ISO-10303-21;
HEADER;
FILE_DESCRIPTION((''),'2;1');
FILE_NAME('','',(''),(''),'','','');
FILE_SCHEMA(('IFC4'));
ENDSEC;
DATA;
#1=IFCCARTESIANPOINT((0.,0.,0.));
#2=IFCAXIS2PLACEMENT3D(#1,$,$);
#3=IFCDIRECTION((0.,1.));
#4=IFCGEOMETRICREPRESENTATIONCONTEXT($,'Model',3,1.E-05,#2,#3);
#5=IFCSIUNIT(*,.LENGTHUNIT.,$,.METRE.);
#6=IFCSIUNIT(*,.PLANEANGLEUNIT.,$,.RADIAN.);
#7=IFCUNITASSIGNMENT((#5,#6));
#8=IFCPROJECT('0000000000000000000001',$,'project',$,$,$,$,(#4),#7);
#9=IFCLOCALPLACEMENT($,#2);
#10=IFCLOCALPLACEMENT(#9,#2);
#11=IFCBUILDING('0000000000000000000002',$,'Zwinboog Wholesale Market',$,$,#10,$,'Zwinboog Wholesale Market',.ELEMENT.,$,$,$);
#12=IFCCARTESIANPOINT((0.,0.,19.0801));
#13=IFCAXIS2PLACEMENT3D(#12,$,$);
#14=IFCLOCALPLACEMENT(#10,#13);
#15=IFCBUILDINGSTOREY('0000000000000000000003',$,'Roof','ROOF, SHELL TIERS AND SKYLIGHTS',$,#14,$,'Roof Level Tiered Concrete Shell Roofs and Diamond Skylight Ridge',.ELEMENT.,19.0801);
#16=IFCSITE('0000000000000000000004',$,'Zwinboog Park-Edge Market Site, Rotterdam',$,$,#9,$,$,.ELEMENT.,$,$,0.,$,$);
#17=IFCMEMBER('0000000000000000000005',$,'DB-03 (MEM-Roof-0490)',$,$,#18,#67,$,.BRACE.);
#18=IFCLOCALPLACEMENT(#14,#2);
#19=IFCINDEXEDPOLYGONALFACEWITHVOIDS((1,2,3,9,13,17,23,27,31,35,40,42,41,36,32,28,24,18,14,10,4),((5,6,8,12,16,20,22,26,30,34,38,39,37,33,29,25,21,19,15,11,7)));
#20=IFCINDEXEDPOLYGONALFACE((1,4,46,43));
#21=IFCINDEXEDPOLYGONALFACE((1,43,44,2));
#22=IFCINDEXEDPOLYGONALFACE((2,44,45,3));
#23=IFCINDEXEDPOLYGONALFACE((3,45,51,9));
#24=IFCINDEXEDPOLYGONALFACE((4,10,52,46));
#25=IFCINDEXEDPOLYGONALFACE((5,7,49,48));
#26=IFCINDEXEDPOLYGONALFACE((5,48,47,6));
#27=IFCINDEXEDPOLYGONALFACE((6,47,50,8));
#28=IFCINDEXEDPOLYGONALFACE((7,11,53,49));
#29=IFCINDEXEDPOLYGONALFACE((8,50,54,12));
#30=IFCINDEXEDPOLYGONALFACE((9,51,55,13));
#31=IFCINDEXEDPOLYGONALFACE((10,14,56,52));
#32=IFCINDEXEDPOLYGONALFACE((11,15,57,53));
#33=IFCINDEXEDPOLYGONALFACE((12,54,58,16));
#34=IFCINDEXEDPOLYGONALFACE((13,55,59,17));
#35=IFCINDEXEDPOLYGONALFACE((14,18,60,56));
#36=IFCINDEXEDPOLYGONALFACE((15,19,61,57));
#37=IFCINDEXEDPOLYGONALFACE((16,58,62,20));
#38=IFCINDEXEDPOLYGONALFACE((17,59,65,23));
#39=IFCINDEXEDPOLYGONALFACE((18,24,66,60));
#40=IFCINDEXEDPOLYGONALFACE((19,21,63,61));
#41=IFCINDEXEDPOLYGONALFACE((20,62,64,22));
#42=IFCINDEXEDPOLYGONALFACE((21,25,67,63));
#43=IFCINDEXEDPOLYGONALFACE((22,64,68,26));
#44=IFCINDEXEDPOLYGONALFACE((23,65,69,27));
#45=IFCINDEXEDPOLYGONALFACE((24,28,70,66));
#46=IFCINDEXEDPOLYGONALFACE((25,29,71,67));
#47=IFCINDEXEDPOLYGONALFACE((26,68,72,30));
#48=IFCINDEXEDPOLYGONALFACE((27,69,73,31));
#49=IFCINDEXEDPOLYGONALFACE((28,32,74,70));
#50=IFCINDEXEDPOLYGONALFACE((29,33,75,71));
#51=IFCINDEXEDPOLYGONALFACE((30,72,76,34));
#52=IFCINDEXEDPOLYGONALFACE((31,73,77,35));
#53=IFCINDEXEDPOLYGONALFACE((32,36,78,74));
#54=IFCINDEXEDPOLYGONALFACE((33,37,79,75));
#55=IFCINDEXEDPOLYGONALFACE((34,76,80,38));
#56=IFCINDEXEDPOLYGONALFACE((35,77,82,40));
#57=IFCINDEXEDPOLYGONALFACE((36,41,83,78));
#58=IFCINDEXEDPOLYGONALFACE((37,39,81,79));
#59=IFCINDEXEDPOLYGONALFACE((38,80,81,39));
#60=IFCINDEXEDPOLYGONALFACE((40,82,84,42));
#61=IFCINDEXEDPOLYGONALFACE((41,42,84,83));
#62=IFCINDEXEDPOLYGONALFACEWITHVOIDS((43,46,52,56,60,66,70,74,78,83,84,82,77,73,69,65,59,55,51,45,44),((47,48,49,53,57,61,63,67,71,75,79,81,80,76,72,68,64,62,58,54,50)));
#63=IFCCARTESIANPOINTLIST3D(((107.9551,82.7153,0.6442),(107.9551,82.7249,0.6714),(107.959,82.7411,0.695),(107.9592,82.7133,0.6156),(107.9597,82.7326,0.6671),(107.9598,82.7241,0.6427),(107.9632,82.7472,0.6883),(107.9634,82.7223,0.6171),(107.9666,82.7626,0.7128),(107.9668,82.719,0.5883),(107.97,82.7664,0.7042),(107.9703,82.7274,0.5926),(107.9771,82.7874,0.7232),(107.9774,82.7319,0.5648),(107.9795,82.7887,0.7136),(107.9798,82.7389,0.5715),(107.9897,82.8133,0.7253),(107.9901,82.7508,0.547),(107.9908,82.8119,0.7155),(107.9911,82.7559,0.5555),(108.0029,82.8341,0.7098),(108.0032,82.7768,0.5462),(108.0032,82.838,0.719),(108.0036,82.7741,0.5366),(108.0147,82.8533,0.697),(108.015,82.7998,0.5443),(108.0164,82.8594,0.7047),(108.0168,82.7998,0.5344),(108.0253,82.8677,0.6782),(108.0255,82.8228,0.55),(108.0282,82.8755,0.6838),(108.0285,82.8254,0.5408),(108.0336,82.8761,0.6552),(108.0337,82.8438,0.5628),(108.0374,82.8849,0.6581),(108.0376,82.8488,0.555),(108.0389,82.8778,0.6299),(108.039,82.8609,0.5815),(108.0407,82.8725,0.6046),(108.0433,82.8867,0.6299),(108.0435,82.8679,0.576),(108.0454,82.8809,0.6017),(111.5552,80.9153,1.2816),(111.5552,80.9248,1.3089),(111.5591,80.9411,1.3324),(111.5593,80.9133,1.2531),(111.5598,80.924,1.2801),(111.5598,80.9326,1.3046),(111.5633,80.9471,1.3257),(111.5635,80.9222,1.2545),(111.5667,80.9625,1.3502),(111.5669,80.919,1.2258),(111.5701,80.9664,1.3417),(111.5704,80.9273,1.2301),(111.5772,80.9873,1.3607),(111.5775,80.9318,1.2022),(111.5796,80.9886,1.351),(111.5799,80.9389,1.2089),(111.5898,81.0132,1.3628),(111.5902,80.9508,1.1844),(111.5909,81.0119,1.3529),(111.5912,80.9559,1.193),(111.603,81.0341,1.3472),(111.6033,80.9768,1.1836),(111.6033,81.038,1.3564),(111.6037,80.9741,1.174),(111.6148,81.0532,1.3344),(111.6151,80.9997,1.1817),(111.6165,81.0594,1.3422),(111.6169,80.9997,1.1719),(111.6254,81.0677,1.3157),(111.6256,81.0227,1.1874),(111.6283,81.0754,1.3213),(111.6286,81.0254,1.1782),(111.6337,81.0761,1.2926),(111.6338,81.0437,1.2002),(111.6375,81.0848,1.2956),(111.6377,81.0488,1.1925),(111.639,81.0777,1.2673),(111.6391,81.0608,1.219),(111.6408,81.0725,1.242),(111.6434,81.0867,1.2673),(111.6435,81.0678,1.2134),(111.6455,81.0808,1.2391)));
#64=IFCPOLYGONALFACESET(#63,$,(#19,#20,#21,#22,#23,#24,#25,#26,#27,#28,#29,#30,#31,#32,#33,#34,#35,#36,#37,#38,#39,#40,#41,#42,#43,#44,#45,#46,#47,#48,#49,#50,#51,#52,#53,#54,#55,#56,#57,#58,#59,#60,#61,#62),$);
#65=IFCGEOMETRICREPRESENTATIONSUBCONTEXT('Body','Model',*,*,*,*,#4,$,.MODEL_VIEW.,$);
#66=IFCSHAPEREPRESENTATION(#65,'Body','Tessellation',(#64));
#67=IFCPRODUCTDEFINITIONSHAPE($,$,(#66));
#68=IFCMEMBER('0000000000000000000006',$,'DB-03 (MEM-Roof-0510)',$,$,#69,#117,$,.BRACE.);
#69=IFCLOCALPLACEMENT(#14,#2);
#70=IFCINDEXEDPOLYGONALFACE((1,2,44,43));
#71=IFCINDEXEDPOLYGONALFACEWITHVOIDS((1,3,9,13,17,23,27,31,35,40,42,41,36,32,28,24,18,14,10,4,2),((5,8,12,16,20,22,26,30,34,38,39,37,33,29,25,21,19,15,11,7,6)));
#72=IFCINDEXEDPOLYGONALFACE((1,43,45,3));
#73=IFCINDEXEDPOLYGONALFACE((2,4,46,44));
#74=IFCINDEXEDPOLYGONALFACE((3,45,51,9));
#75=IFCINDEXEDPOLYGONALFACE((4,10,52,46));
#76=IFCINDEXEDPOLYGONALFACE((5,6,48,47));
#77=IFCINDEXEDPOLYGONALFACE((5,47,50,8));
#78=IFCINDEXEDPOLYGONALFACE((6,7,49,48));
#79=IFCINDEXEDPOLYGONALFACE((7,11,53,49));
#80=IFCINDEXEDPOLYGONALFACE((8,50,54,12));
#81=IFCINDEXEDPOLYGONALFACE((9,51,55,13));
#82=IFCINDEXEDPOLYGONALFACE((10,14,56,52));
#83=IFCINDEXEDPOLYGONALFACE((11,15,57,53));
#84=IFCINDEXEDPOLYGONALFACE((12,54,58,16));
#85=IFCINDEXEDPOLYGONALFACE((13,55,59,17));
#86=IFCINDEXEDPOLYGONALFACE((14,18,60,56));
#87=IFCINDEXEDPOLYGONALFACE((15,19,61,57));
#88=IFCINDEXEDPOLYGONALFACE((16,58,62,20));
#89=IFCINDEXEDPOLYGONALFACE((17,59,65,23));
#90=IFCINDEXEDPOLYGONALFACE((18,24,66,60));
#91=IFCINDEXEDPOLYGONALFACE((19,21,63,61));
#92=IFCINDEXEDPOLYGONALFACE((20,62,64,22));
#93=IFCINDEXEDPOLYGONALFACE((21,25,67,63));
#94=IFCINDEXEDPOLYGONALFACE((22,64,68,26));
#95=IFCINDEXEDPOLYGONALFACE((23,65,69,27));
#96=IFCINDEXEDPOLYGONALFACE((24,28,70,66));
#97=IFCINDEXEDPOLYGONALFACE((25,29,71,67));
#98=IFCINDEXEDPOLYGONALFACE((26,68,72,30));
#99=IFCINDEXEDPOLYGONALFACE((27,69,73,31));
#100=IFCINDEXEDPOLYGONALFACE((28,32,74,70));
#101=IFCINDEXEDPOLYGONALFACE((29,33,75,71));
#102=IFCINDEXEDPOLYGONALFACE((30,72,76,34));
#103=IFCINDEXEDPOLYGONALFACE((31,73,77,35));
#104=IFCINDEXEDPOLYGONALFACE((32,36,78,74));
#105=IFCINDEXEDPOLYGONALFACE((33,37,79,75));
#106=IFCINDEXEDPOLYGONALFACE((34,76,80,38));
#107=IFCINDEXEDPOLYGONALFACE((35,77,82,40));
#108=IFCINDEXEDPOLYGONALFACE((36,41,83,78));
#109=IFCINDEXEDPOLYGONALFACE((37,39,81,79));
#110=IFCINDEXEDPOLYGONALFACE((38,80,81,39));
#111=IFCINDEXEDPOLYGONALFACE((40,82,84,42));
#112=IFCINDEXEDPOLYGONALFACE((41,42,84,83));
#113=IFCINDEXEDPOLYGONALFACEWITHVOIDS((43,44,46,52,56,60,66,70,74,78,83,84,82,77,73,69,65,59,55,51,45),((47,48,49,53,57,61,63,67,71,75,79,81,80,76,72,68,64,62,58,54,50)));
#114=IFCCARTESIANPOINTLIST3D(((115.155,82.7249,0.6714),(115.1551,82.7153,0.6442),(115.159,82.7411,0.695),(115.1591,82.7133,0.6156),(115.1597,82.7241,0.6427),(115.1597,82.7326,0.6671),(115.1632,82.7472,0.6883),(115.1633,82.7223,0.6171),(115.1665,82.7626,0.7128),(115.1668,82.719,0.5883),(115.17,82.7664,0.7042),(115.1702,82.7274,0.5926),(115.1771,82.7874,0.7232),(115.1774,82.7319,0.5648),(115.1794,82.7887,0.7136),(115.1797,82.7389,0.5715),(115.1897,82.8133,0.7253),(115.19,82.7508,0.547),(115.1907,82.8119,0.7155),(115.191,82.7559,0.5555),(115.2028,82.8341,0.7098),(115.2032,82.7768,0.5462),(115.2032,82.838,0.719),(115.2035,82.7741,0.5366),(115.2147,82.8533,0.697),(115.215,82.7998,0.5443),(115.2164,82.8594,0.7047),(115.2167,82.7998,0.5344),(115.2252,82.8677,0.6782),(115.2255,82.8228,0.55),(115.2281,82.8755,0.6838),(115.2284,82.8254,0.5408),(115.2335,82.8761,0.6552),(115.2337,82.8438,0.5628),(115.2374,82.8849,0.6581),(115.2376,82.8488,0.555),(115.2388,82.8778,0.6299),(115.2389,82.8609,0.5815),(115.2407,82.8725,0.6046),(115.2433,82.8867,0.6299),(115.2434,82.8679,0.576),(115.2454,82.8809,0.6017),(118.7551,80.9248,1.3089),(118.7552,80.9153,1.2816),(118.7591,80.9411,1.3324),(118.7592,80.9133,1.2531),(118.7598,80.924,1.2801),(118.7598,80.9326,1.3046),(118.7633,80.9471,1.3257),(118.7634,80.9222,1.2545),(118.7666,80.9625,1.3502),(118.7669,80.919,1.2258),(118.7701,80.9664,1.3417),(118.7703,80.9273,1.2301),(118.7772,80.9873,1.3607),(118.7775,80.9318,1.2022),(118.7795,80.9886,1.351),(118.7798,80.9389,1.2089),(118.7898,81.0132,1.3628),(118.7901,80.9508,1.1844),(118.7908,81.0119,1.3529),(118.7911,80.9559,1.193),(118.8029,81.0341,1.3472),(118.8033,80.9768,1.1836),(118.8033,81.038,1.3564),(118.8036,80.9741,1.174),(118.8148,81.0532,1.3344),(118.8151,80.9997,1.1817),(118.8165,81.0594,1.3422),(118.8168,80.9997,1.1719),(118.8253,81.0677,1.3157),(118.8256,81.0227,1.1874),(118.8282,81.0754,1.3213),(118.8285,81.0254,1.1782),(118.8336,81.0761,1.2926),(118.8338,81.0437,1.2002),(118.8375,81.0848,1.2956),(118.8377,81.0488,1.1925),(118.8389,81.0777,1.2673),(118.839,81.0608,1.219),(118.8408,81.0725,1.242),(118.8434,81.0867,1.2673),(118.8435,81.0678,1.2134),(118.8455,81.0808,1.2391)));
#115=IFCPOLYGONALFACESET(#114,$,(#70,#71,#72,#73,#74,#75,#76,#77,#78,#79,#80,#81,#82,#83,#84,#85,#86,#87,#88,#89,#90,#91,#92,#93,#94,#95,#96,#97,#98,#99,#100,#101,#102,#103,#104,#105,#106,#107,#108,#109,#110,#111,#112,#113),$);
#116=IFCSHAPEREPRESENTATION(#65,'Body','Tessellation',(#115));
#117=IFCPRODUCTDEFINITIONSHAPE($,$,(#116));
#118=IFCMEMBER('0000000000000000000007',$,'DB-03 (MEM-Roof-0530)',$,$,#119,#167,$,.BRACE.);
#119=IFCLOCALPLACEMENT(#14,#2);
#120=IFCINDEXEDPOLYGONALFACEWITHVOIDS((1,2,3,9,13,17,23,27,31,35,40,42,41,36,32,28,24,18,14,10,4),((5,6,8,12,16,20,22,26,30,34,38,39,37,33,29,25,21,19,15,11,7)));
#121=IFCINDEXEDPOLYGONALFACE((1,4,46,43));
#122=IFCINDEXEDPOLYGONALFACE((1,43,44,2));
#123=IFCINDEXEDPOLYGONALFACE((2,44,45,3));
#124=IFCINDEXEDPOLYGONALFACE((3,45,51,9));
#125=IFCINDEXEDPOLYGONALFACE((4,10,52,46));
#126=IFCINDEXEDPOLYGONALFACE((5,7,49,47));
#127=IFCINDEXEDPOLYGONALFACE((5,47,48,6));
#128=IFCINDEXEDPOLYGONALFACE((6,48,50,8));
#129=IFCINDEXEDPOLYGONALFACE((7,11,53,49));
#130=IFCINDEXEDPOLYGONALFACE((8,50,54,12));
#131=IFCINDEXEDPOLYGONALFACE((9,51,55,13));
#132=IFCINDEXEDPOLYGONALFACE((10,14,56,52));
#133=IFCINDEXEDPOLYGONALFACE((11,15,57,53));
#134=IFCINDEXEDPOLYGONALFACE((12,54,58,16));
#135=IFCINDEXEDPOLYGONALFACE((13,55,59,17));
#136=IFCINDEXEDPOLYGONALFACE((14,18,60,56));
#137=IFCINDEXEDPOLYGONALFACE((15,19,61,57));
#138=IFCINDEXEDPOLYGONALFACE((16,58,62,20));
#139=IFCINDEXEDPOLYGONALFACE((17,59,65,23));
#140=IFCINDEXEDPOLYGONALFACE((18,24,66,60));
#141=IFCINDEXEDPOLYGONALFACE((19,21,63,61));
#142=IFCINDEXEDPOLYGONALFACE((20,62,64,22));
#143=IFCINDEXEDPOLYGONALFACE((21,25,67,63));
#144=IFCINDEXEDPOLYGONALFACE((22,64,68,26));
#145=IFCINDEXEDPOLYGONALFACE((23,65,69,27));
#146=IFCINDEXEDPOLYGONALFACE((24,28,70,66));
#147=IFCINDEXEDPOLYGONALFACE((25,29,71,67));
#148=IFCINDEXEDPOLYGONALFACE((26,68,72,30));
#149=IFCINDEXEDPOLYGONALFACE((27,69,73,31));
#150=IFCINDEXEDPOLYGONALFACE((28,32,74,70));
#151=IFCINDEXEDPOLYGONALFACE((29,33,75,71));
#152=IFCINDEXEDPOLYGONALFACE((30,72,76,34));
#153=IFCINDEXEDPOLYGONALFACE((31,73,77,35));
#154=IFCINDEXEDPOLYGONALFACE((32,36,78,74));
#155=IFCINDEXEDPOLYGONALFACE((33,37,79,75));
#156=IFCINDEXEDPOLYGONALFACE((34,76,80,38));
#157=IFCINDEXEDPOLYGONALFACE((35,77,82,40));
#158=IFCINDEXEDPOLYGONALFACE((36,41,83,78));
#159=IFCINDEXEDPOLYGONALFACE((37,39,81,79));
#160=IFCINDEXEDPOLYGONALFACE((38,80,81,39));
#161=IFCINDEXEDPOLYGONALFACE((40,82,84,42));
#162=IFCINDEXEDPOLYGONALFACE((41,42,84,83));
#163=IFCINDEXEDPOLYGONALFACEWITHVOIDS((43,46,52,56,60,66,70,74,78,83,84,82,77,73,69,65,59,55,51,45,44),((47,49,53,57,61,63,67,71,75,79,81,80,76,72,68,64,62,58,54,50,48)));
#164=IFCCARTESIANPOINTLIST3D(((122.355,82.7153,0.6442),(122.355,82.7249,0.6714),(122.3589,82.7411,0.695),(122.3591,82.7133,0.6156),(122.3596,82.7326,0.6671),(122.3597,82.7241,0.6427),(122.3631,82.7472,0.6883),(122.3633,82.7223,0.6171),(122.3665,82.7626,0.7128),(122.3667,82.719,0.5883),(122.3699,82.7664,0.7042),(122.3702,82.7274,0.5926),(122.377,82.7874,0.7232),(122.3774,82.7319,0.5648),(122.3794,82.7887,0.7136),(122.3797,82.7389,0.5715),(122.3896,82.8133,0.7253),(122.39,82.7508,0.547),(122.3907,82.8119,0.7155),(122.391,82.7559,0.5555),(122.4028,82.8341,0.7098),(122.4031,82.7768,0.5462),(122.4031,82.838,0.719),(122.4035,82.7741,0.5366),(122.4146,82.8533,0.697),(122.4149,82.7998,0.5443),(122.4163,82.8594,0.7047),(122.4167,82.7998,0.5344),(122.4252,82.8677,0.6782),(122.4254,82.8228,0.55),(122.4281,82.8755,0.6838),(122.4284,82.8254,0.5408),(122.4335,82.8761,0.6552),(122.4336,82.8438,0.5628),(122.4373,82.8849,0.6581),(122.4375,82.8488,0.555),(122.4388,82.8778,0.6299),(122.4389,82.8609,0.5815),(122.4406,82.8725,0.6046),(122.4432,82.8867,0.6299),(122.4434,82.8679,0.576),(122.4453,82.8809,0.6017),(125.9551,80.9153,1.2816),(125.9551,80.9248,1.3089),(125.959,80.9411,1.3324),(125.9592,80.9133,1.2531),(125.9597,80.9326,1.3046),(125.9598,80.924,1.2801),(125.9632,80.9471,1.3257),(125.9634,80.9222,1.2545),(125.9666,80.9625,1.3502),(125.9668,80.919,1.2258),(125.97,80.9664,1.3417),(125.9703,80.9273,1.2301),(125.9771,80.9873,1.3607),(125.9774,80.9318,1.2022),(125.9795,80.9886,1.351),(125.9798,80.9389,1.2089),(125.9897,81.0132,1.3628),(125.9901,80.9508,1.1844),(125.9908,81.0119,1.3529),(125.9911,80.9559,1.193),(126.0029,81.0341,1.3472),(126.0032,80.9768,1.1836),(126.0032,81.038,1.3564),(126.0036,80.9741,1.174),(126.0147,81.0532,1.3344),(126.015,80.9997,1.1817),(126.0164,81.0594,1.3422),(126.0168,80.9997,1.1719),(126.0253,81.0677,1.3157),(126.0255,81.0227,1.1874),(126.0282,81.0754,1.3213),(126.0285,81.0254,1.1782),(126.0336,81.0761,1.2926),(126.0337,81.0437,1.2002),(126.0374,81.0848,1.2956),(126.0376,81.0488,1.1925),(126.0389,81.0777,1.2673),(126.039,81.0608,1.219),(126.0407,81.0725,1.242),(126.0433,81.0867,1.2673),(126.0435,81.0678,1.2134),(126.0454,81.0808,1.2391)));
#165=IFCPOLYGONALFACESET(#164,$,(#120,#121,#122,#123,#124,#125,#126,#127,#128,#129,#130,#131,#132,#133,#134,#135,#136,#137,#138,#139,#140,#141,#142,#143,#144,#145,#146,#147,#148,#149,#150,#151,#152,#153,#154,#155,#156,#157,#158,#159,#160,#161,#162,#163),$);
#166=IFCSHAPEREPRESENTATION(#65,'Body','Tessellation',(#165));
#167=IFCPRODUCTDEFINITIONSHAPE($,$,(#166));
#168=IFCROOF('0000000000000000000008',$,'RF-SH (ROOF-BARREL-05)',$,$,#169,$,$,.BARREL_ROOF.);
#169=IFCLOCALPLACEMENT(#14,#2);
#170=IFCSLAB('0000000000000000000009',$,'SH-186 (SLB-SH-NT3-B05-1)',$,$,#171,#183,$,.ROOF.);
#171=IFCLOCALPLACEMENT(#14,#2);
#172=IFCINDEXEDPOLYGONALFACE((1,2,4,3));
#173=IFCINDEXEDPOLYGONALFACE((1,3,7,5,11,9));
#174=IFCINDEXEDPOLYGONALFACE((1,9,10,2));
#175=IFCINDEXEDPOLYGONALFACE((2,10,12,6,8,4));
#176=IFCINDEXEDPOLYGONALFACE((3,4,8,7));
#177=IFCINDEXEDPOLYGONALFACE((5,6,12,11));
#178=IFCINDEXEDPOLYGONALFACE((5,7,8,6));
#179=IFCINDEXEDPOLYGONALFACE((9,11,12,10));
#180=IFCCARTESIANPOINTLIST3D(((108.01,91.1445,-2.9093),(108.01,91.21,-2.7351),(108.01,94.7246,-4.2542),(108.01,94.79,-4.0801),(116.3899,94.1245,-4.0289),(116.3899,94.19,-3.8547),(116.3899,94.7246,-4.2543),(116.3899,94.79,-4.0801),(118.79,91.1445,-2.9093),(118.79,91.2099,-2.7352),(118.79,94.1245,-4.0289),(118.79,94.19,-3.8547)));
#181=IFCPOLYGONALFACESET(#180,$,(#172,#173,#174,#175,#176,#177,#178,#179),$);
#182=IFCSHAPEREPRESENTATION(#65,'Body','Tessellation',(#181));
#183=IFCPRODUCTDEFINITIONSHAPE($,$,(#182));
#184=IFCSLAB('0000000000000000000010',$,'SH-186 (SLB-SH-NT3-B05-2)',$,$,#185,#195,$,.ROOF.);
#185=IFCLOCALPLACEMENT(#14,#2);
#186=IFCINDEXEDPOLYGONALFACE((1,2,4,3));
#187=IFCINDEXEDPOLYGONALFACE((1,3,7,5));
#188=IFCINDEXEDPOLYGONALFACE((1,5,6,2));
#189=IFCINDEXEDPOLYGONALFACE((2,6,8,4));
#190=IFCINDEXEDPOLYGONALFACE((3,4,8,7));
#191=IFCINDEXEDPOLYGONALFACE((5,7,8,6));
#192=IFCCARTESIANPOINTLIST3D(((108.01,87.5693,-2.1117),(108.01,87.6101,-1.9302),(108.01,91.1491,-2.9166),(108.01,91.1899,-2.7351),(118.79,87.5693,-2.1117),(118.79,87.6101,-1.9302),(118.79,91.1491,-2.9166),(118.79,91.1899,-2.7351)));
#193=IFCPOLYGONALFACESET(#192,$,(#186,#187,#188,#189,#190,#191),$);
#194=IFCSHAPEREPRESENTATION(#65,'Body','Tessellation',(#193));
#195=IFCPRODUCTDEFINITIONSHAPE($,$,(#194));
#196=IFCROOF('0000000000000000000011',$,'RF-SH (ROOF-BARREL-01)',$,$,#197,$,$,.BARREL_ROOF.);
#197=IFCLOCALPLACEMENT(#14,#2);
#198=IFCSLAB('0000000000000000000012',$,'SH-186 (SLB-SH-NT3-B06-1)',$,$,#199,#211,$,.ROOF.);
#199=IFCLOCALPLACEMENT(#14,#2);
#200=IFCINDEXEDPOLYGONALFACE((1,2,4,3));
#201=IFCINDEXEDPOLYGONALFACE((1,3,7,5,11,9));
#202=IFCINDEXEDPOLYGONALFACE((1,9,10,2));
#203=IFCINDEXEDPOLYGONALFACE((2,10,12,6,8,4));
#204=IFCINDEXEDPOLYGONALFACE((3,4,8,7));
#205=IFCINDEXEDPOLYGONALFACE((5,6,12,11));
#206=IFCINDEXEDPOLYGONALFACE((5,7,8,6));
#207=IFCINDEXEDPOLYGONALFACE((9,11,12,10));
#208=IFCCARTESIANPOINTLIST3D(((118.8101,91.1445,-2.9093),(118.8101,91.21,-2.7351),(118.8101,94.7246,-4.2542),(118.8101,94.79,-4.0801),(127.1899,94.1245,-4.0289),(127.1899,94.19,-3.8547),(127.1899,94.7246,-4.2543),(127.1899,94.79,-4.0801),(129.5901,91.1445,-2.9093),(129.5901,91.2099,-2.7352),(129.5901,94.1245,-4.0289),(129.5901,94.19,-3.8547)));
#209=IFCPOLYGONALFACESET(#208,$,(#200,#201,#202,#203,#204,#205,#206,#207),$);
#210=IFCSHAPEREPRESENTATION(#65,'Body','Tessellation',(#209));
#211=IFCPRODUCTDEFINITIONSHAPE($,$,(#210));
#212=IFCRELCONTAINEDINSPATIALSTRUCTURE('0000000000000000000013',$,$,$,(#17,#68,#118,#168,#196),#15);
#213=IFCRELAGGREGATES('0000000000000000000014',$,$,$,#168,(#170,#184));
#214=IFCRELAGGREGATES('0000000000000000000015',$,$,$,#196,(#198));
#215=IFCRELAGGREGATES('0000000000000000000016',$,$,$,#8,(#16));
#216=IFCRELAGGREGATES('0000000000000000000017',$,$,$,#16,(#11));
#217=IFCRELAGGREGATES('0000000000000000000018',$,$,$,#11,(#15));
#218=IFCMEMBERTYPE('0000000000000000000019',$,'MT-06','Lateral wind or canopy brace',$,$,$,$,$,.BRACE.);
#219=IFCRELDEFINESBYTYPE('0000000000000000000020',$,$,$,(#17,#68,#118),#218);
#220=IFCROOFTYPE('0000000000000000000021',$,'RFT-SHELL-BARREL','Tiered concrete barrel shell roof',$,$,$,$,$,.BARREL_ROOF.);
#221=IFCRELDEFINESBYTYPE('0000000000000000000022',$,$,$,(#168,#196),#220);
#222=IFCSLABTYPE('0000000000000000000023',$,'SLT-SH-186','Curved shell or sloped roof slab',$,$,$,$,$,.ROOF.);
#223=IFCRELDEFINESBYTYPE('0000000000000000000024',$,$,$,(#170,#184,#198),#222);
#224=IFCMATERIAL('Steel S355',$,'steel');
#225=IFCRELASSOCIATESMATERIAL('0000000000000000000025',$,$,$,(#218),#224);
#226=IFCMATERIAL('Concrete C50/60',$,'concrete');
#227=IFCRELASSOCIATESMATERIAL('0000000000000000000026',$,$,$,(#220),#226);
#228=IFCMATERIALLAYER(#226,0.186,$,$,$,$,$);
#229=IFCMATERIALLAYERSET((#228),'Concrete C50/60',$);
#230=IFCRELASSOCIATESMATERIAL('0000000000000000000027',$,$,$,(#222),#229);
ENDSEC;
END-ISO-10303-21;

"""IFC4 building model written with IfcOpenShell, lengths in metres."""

from ifc_helpers import new_model, si_unit, direction, frame, origin, origin_2d, place, context, subcontext, project, spatial, polyline, hollow_circle, outline, extrude, material, layer, layer_set, material_profile, profile_set, type_object, element, aggregate, save


model = new_model("IFC4")

# Units and contexts
model_context = context("Model", 3, precision=1e-05, world=origin(), true_north=direction((0.0, 1.0)))
body_context = subcontext(model_context, "Body", "Model", "MODEL_VIEW")
ifc_project = project(units=[si_unit("LENGTHUNIT", "METRE"), si_unit("PLANEANGLEUNIT", "RADIAN")], contexts=[model_context])

# Site, building, storey
site_placement = place(None, origin())
site = spatial("IfcSite", under=ifc_project, at=site_placement, Name="Zwinboog Park-Edge Market Site, Rotterdam", CompositionType="ELEMENT", RefElevation=0.0)
building_placement = place(site_placement, origin())
building = spatial("IfcBuilding", under=site, at=building_placement, Name="Zwinboog Wholesale Market", LongName="Zwinboog Wholesale Market", CompositionType="ELEMENT")
storey_placement = place(building_placement, frame((0.0, 0.0, 19.0801)))
storey = spatial("IfcBuildingStorey", under=building, at=storey_placement, Name="Roof", Description="ROOF, SHELL TIERS AND SKYLIGHTS", LongName="Roof Level Tiered Concrete Shell Roofs and Diamond Skylight Ridge", CompositionType="ELEMENT", Elevation=19.0801)

# Members
ifc_material_1 = material(Name="Steel S355", Category="steel")
ifc_material_profile_1 = material_profile(ifc_material_1, hollow_circle(Radius=0.0969, WallThickness=0.01, at=origin_2d()), Name="CHS 193.7x10")
ifc_profile_set_1 = profile_set([ifc_material_profile_1], Name="Steel S355")
member_type_1 = type_object("IfcMemberType", Name="MT-06", Description="Lateral wind or canopy brace", PredefinedType="BRACE", material=ifc_profile_set_1)
for number, where, z_axis, x_axis, name in (
    (1, (108.0, 82.8, 0.6299), (0.883417, -0.441709, 0.156422), (0.447214, 0.894427, 0.0), "DB-03 (MEM-Roof-0490)"),
    (2, (115.2, 82.8, 0.6299), (0.883417, -0.441709, 0.156422), (0.447214, 0.894427, 0.0), "DB-03 (MEM-Roof-0510)"),
    (3, (122.3999, 82.8, 0.6299), (0.883417, -0.441709, 0.156422), (0.447214, 0.894427, 0.0), "DB-03 (MEM-Roof-0530)"),
):
    element("IfcMember", number, at=place(storey_placement, frame(where, z_axis=z_axis, x_axis=x_axis)), inside=storey, type_object=member_type_1, Name=name, PredefinedType="BRACE", context=body_context, shape_type="SweptSolid", body=[
        extrude(hollow_circle(Radius=0.0969, WallThickness=0.01, at=origin_2d()), origin(), (0.0, 0.0, 1.0), 4.0752),
    ])

# Roofs, slabs
ifc_material_2 = material(Name="Concrete C50/60", Category="concrete")
roof_type = type_object("IfcRoofType", Name="RFT-SHELL-BARREL", Description="Tiered concrete barrel shell roof", PredefinedType="BARREL_ROOF", material=ifc_material_2)
roof_1_placement = place(storey_placement, origin())
roof_1 = element("IfcRoof", 4, at=roof_1_placement, inside=storey, type_object=roof_type, Name="RF-SH (ROOF-BARREL-05)", PredefinedType="BARREL_ROOF")
ifc_layer_1 = layer(ifc_material_2, 0.186)
ifc_layer_set_1 = layer_set([ifc_layer_1], Name="Concrete C50/60")
slab_type_1 = type_object("IfcSlabType", Name="SLT-SH-186", Description="Curved shell or sloped roof slab", PredefinedType="ROOF", material=ifc_layer_set_1)
slab_1_placement = place(storey_placement, frame((108.01, 91.21, -2.7351), z_axis=(0.000005, 0.351689, 0.936117), x_axis=(1.0, -0.000002, -0.000004)))
slab_1 = element("IfcSlab", 5, at=slab_1_placement, type_object=slab_type_1, Name="SH-186 (SLB-SH-NT3-B05-1)", PredefinedType="ROOF", context=body_context, shape_type="SweptSolid", body=[
    extrude(outline(polyline([(0.0, 0.0), (10.78, 0.0), (10.78, 3.1834), (8.3799, 3.1834), (8.3799, 3.8244), (0.0, 3.8244), (0.0, 0.0)])), origin(), (0.0, 0.0, -1.0), 0.186),
])
slab_2_placement = place(storey_placement, frame((108.01, 87.6101, -1.9302), z_axis=(0.0, 0.219374, 0.975641), x_axis=(1.0, 0.0, 0.0)))
slab_2 = element("IfcSlab", 6, at=slab_2_placement, type_object=slab_type_1, Name="SH-186 (SLB-SH-NT3-B05-2)", PredefinedType="ROOF", context=body_context, shape_type="SweptSolid", body=[
    extrude(outline(polyline([(0.0, 0.0), (10.78, 0.0), (10.78, 3.6692), (0.0, 3.6692), (0.0, 0.0)])), origin(), (0.0, 0.0, -1.0), 0.186),
])
roof_2_placement = place(storey_placement, origin())
roof_2 = element("IfcRoof", 7, at=roof_2_placement, inside=storey, type_object=roof_type, Name="RF-SH (ROOF-BARREL-01)", PredefinedType="BARREL_ROOF")
slab_3_placement = place(storey_placement, frame((118.8101, 91.21, -2.7351), z_axis=(0.000005, 0.351689, 0.936117), x_axis=(1.0, -0.000002, -0.000004)))
slab_3 = element("IfcSlab", 8, at=slab_3_placement, type_object=slab_type_1, Name="SH-186 (SLB-SH-NT3-B06-1)", PredefinedType="ROOF", context=body_context, shape_type="SweptSolid", body=[
    extrude(outline(polyline([(0.0, 0.0), (10.78, 0.0), (10.78, 3.1834), (8.3799, 3.1834), (8.3799, 3.8244), (0.0, 3.8244), (0.0, 0.0)])), origin(), (0.0, 0.0, -1.0), 0.186),
])

aggregate(roof_1, [slab_1, slab_2])
aggregate(roof_2, [slab_3])

save(model, "model.ifc")
